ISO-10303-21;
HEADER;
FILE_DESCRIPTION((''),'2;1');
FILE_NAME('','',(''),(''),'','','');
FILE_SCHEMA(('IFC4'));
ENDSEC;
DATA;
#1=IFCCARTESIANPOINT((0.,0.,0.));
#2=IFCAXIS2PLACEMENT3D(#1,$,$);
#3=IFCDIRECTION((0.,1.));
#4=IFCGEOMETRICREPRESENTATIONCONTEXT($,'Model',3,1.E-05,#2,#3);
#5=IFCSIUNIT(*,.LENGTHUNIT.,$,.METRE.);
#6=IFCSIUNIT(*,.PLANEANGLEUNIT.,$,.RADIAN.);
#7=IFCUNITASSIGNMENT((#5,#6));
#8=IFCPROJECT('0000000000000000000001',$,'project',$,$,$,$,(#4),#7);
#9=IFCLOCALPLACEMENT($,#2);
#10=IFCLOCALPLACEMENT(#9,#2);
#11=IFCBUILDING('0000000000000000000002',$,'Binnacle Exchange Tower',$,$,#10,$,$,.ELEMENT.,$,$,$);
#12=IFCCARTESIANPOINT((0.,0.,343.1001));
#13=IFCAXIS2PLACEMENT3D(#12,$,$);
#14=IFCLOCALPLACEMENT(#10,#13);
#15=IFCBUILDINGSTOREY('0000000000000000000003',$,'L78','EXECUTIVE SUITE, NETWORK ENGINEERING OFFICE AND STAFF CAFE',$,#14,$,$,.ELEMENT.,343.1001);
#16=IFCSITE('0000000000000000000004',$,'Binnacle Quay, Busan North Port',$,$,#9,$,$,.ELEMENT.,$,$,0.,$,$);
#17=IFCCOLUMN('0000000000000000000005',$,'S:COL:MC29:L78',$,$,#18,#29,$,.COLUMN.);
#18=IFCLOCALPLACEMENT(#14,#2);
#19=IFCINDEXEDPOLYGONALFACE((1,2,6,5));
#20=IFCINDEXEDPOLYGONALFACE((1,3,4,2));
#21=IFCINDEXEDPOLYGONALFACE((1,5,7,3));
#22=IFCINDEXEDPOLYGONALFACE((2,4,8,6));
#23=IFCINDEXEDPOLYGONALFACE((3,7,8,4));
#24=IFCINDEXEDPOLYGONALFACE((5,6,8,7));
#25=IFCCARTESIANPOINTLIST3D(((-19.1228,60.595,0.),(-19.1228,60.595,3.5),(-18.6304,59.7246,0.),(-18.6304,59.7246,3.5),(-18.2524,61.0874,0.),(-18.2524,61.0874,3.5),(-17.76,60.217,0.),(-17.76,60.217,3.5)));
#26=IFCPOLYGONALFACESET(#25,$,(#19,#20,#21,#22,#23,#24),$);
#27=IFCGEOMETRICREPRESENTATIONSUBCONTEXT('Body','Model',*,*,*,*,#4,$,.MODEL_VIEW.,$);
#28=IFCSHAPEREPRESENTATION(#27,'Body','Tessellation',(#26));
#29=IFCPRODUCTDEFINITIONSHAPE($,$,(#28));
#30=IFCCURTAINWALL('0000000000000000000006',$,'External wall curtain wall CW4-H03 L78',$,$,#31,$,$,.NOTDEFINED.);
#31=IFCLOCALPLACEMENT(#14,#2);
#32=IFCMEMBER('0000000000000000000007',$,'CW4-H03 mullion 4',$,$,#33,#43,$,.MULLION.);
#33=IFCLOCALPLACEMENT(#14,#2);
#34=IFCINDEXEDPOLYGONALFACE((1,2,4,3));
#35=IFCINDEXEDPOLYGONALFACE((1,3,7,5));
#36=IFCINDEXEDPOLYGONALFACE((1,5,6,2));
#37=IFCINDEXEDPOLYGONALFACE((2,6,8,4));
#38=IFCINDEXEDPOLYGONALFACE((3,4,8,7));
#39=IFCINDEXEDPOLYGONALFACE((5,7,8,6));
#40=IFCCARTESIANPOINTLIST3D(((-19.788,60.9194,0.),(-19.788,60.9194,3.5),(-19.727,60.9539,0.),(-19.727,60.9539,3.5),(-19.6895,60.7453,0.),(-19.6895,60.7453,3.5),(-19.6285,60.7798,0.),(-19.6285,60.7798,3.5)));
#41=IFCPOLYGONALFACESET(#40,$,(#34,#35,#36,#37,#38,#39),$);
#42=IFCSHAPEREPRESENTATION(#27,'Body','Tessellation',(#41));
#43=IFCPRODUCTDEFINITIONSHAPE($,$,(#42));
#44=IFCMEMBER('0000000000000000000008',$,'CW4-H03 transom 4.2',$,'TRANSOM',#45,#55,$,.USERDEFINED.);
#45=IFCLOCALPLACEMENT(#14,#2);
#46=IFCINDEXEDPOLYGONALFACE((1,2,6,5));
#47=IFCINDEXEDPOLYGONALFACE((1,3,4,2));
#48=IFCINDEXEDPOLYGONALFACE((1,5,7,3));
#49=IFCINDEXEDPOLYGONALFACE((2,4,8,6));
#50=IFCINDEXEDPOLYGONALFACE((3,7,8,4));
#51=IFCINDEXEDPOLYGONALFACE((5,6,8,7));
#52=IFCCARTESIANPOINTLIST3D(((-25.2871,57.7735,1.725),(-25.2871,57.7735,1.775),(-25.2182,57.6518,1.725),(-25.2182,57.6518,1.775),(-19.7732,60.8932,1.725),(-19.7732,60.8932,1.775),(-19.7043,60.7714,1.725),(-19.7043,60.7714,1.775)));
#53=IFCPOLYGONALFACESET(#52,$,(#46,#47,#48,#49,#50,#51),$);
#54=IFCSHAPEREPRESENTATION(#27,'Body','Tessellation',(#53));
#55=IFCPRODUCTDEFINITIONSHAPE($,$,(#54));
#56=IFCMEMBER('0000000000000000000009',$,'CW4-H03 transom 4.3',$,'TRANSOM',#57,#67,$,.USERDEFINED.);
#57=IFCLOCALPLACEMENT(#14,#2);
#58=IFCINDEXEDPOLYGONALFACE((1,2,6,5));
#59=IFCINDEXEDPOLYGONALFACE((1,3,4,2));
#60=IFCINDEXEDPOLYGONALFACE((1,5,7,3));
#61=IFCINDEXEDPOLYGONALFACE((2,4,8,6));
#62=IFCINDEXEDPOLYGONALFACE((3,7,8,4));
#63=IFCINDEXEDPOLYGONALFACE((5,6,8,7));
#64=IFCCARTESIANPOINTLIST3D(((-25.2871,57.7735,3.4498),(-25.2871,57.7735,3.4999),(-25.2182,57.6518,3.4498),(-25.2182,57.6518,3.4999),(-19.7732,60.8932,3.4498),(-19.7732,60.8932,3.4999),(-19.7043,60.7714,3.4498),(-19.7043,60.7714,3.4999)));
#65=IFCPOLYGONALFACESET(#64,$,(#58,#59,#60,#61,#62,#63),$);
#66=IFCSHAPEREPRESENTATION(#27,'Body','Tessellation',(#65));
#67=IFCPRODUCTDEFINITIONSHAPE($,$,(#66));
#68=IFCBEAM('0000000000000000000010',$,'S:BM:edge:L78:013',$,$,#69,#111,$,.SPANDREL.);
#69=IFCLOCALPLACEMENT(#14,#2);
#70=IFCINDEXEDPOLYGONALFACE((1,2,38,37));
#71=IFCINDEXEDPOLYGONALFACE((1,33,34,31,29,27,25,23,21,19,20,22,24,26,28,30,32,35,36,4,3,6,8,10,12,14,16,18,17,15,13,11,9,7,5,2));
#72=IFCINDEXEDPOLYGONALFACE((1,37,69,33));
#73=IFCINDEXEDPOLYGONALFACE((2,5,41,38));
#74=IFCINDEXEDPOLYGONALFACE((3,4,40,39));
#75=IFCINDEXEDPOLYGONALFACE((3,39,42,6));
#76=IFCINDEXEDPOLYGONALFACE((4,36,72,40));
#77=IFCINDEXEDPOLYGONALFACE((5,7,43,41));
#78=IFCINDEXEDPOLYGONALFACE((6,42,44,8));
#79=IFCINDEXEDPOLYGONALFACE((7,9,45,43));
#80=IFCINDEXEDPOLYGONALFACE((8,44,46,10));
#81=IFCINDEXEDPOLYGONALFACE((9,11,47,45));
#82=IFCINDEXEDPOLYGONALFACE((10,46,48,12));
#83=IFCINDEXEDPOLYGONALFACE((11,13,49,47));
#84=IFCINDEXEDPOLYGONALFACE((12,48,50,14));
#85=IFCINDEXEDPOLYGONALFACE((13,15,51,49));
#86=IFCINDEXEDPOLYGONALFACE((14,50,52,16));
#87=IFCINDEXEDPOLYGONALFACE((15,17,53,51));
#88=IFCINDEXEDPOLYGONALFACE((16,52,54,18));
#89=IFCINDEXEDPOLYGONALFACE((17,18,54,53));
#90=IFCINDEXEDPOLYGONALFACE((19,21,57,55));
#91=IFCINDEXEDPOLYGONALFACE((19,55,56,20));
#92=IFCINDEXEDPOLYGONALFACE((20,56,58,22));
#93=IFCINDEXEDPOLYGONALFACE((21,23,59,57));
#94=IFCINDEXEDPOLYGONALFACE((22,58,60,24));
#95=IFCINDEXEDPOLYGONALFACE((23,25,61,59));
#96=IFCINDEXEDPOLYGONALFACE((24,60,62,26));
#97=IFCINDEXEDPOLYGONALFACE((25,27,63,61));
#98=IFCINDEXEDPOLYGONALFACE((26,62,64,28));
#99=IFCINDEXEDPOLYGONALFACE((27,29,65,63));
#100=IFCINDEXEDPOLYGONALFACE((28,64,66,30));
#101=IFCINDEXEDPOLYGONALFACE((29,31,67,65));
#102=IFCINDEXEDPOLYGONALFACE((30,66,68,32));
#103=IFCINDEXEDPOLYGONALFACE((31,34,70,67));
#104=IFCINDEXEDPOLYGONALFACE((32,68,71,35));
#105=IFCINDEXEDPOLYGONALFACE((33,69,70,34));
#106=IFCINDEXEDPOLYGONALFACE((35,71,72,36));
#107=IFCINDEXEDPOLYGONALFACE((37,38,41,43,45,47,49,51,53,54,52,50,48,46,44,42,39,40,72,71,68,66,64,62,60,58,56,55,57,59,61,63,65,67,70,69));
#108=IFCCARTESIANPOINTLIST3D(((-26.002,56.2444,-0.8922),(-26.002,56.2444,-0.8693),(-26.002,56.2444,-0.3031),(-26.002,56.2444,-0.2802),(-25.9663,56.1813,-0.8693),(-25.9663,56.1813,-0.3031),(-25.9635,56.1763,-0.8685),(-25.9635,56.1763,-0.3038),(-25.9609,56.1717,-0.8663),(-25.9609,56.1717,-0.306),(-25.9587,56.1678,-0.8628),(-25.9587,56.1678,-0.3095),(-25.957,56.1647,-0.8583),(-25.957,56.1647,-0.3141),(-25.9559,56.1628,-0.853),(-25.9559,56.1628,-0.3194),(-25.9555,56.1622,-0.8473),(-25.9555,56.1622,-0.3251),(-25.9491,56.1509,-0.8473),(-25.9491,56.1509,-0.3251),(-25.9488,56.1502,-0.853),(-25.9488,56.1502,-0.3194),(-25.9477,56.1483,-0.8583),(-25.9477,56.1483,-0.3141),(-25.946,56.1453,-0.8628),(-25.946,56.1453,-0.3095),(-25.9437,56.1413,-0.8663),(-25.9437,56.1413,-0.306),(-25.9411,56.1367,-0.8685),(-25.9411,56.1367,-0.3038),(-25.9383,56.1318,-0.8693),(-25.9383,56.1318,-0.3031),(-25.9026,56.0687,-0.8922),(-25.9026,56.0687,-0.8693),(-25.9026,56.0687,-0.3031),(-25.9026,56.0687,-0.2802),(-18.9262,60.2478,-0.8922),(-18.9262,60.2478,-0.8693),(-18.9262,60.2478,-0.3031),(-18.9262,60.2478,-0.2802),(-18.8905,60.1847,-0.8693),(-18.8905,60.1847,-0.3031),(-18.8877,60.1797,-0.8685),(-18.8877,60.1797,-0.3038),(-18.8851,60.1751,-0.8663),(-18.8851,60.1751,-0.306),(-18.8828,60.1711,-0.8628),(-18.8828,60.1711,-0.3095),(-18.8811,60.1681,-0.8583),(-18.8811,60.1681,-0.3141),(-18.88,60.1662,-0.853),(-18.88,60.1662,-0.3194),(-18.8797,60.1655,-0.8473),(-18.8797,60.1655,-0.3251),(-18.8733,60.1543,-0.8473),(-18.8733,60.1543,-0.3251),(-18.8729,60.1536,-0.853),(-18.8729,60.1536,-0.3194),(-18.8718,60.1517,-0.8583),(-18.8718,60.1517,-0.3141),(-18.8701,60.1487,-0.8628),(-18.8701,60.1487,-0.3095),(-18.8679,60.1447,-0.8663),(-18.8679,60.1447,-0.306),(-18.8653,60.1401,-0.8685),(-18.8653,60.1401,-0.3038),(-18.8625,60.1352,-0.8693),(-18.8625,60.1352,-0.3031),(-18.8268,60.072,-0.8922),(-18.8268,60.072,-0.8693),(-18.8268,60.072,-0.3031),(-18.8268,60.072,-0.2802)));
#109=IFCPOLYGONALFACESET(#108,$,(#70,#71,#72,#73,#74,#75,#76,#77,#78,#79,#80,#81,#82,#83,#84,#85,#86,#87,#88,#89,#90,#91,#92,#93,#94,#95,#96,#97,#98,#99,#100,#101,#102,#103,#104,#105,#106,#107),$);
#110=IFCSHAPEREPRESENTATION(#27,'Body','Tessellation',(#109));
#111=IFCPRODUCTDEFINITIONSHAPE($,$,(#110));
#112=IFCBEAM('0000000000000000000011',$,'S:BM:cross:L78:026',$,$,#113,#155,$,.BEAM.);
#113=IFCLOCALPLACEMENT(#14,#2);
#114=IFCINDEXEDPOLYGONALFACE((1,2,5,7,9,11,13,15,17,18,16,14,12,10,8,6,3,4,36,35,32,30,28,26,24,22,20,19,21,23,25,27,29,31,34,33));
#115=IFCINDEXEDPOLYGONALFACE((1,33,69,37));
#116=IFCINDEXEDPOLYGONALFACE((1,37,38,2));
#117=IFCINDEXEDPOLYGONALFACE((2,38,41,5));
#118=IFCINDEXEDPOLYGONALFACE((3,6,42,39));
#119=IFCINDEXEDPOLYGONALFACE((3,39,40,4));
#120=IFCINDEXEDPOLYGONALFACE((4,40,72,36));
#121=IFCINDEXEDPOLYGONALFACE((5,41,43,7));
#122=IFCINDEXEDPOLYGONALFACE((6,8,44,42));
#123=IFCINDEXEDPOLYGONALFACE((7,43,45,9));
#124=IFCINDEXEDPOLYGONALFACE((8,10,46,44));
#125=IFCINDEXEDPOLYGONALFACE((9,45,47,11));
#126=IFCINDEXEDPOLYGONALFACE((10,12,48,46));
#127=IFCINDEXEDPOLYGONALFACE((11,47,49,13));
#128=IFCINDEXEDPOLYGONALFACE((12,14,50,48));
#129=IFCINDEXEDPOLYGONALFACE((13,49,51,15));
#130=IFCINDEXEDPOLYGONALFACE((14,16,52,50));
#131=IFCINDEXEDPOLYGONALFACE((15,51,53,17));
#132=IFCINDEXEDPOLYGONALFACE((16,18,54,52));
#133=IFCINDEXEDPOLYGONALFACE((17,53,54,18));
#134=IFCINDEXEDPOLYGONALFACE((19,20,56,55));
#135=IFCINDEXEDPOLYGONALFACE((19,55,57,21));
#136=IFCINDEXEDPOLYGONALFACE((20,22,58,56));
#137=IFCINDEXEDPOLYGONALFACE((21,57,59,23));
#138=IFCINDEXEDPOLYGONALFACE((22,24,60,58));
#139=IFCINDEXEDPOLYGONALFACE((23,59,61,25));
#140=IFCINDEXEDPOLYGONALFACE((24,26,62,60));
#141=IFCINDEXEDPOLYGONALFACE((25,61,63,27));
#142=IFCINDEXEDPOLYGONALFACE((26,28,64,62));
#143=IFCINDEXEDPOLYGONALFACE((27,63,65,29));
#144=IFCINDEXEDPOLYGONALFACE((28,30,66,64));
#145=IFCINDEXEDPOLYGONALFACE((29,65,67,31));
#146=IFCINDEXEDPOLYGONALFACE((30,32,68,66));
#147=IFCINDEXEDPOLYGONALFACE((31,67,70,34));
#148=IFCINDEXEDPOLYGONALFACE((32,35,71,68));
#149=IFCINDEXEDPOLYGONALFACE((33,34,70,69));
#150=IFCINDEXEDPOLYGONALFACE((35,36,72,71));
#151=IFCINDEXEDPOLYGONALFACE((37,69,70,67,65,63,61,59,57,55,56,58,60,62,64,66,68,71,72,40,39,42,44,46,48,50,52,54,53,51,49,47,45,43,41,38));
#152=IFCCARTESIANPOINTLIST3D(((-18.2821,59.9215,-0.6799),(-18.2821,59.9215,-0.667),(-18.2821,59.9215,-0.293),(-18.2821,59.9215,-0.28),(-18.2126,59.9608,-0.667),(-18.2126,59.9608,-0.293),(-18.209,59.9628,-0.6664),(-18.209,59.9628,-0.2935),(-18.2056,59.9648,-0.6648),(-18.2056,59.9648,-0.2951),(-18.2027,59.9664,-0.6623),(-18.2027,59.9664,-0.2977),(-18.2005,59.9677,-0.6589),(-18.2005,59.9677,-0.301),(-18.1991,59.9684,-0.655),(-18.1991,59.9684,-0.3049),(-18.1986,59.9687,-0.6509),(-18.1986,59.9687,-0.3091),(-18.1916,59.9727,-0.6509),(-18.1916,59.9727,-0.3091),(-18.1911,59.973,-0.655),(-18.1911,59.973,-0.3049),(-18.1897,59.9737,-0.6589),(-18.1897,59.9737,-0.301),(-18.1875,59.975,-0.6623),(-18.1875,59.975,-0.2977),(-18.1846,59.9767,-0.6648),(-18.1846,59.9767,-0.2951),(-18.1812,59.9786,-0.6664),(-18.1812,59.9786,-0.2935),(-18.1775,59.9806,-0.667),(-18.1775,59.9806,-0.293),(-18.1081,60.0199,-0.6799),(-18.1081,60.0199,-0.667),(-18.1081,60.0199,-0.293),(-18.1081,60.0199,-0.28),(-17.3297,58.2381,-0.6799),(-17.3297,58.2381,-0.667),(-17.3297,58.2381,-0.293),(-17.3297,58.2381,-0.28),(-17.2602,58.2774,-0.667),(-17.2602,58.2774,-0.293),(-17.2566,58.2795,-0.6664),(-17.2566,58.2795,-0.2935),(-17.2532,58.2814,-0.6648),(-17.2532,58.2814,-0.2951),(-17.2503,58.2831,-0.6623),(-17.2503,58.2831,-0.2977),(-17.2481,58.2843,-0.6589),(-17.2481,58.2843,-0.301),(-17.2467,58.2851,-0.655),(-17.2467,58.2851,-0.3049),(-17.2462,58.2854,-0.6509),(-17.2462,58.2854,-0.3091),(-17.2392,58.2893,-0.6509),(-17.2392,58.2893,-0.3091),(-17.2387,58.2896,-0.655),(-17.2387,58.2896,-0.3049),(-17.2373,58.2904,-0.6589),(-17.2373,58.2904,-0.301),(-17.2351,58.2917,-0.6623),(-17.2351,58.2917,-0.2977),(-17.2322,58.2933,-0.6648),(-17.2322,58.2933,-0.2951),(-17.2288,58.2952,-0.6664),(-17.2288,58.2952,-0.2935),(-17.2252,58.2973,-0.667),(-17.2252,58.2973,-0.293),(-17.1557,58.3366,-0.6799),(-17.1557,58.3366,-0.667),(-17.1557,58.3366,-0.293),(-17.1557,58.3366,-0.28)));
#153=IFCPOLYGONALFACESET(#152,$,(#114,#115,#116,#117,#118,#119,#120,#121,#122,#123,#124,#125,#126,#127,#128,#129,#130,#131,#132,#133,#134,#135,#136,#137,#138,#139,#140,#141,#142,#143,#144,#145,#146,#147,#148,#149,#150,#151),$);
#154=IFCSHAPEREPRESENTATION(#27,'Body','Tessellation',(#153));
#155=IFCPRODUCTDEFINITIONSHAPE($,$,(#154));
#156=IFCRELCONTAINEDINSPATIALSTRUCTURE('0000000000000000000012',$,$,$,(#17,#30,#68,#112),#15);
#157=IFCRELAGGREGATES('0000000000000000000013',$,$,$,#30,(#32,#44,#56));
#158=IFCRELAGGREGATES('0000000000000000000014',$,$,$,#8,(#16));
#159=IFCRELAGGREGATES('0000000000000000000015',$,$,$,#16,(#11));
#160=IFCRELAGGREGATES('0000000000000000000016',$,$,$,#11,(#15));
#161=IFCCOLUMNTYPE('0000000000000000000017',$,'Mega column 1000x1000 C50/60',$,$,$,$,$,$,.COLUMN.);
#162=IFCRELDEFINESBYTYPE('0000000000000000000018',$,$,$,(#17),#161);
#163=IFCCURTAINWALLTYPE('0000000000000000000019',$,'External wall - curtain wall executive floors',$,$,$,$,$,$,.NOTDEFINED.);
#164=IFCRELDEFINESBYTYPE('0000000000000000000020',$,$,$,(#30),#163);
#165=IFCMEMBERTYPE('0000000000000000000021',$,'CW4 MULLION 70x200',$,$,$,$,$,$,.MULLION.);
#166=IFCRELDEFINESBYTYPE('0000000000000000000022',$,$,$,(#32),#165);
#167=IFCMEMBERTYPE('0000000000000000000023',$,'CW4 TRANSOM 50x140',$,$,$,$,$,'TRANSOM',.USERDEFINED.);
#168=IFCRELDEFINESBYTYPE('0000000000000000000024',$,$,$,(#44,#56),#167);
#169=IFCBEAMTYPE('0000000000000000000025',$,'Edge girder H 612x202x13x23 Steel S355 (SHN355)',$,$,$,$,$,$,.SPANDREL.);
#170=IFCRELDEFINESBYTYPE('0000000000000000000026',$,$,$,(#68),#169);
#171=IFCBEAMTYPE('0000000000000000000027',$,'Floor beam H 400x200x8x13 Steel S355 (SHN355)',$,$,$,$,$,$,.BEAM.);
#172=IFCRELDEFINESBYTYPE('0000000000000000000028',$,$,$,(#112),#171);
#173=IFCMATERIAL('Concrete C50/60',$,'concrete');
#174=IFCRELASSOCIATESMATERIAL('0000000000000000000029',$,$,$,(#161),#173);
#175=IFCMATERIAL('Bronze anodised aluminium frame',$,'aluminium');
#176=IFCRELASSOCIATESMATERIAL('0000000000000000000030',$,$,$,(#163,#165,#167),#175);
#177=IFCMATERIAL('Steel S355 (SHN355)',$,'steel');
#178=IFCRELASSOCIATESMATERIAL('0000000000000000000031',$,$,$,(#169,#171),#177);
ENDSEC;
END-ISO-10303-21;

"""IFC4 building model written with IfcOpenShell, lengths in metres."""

from ifc_helpers import new_model, si_unit, direction, frame, origin, origin_2d, place, context, subcontext, project, spatial, rectangle, i_section, extrude, material, material_profile, profile_set, type_object, element, aggregate, save


model = new_model("IFC4")

# Units and contexts
model_context = context("Model", 3, precision=1e-05, world=origin(), true_north=direction((0.0, 1.0)))
body_context = subcontext(model_context, "Body", "Model", "MODEL_VIEW")
ifc_project = project(units=[si_unit("LENGTHUNIT", "METRE"), si_unit("PLANEANGLEUNIT", "RADIAN")], contexts=[model_context])

# Site, building, storey
site_placement = place(None, origin())
site = spatial("IfcSite", under=ifc_project, at=site_placement, Name="Binnacle Quay, Busan North Port", CompositionType="ELEMENT", RefElevation=0.0)
building_placement = place(site_placement, origin())
building = spatial("IfcBuilding", under=site, at=building_placement, Name="Binnacle Exchange Tower", CompositionType="ELEMENT")
storey_placement = place(building_placement, frame((0.0, 0.0, 343.1001)))
storey = spatial("IfcBuildingStorey", under=building, at=storey_placement, Name="L78", Description="EXECUTIVE SUITE, NETWORK ENGINEERING OFFICE AND STAFF CAFE", CompositionType="ELEMENT", Elevation=343.1001)

# Column
ifc_material_1 = material(Name="Concrete C50/60", Category="concrete")
ifc_material_profile_1 = material_profile(ifc_material_1, rectangle(XDim=1.0, YDim=1.0, at=origin_2d()), Name="Mega column 1000x1000 C50/60")
ifc_profile_set_1 = profile_set([ifc_material_profile_1], Name="Concrete C50/60")
column_type = type_object("IfcColumnType", Name="Mega column 1000x1000 C50/60", PredefinedType="COLUMN", material=ifc_profile_set_1)
column_placement = place(storey_placement, frame((-18.4414, 60.406, 0.0), z_axis=(0.0, 0.0, 1.0), x_axis=(-0.870356, -0.492424, 0.0)))
element("IfcColumn", 1, at=column_placement, inside=storey, type_object=column_type, Name="S:COL:MC29:L78", PredefinedType="COLUMN", context=body_context, shape_type="SweptSolid", body=[
    extrude(rectangle(XDim=1.0, YDim=1.0, at=origin_2d()), origin(), (0.0, 0.0, 1.0), 3.5),
])

# Curtain wall, members
ifc_material_2 = material(Name="Bronze anodised aluminium frame", Category="aluminium")
curtain_wall_type = type_object("IfcCurtainWallType", Name="External wall - curtain wall executive floors", PredefinedType="NOTDEFINED", material=ifc_material_2)
curtain_wall_placement = place(storey_placement, origin())
curtain_wall = element("IfcCurtainWall", 2, at=curtain_wall_placement, inside=storey, type_object=curtain_wall_type, Name="External wall curtain wall CW4-H03 L78", PredefinedType="NOTDEFINED")
ifc_material_profile_2 = material_profile(ifc_material_2, rectangle(XDim=0.2, YDim=0.0701, at=origin_2d()), Name="AL 70x200")
ifc_profile_set_2 = profile_set([ifc_material_profile_2], Name="Bronze anodised aluminium frame")
member_type_1 = type_object("IfcMemberType", Name="CW4 MULLION 70x200", PredefinedType="MULLION", material=ifc_profile_set_2)
member_1_placement = place(storey_placement, frame((-19.7083, 60.8496, 0.0), z_axis=(0.0, 0.0, 1.0), x_axis=(0.492424, -0.870356, 0.0)))
member_1 = element("IfcMember", 3, at=member_1_placement, type_object=member_type_1, Name="CW4-H03 mullion 4", PredefinedType="MULLION", context=body_context, shape_type="SweptSolid", body=[
    extrude(rectangle(XDim=0.2, YDim=0.0701, at=origin_2d()), origin(), (0.0, 0.0, 1.0), 3.5),
])
ifc_material_profile_3 = material_profile(ifc_material_2, rectangle(XDim=0.1399, YDim=0.05, at=origin_2d()), Name="AL 140x50")
ifc_profile_set_3 = profile_set([ifc_material_profile_3], Name="Bronze anodised aluminium frame")
member_type_2 = type_object("IfcMemberType", Name="CW4 TRANSOM 50x140", ElementType="TRANSOM", PredefinedType="USERDEFINED", material=ifc_profile_set_3)
member_2_placement = place(storey_placement, frame((-19.7388, 60.8323, 1.75), z_axis=(-0.870355, -0.492424, 0.0), x_axis=(0.492424, -0.870355, 0.0)))
member_2 = element("IfcMember", 4, at=member_2_placement, type_object=member_type_2, Name="CW4-H03 transom 4.2", ObjectType="TRANSOM", PredefinedType="USERDEFINED", context=body_context, shape_type="SweptSolid", body=[
    extrude(rectangle(XDim=0.1399, YDim=0.05, at=origin_2d()), origin(), (0.0, 0.0, 1.0), 6.3352),
])
member_3_placement = place(storey_placement, frame((-19.7388, 60.8323, 3.4749), z_axis=(-0.870355, -0.492424, 0.0), x_axis=(0.492424, -0.870355, 0.0)))
member_3 = element("IfcMember", 5, at=member_3_placement, type_object=member_type_2, Name="CW4-H03 transom 4.3", ObjectType="TRANSOM", PredefinedType="USERDEFINED", context=body_context, shape_type="SweptSolid", body=[
    extrude(rectangle(XDim=0.1399, YDim=0.05, at=origin_2d()), origin(), (0.0, 0.0, 1.0), 6.3352),
])
aggregate(curtain_wall, [member_1, member_2, member_3])

# Beams
ifc_material_3 = material(Name="Steel S355 (SHN355)", Category="steel")
ifc_material_profile_4 = material_profile(ifc_material_3, i_section(OverallWidth=0.2019, OverallDepth=0.6121, WebThickness=0.0129, FlangeThickness=0.0229, FilletRadius=0.022, at=origin_2d()), Name="H 612x202x13x23")
ifc_profile_set_4 = profile_set([ifc_material_profile_4], Name="Steel S355 (SHN355)")
beam_type_1 = type_object("IfcBeamType", Name="Edge girder H 612x202x13x23 Steel S355 (SHN355)", PredefinedType="SPANDREL", material=ifc_profile_set_4)
beam_1_placement = place(storey_placement, frame((-18.8765, 60.1599, -0.5862), z_axis=(-0.870353, -0.492428, 0.0), x_axis=(0.492428, -0.870353, 0.0)))
element("IfcBeam", 6, at=beam_1_placement, inside=storey, type_object=beam_type_1, Name="S:BM:edge:L78:013", PredefinedType="SPANDREL", context=body_context, shape_type="SweptSolid", body=[
    extrude(i_section(OverallWidth=0.2019, OverallDepth=0.6121, WebThickness=0.0129, FlangeThickness=0.0229, FilletRadius=0.022, at=origin_2d()), origin(), (0.0, 0.0, 1.0), 8.1299),
])
ifc_material_profile_5 = material_profile(ifc_material_3, i_section(OverallWidth=0.2, OverallDepth=0.3999, WebThickness=0.0081, FlangeThickness=0.0129, FilletRadius=0.0161, at=origin_2d()), Name="H 400x200x8x13")
ifc_profile_set_5 = profile_set([ifc_material_profile_5], Name="Steel S355 (SHN355)")
beam_type_2 = type_object("IfcBeamType", Name="Floor beam H 400x200x8x13 Steel S355 (SHN355)", PredefinedType="BEAM", material=ifc_profile_set_5)
beam_2_placement = place(storey_placement, frame((-18.1951, 59.9707, -0.48), z_axis=(0.492423, -0.870356, 0.0), x_axis=(0.870356, 0.492423, 0.0)))
element("IfcBeam", 7, at=beam_2_placement, inside=storey, type_object=beam_type_2, Name="S:BM:cross:L78:026", PredefinedType="BEAM", context=body_context, shape_type="SweptSolid", body=[
    extrude(i_section(OverallWidth=0.2, OverallDepth=0.3999, WebThickness=0.0081, FlangeThickness=0.0129, FilletRadius=0.0161, at=origin_2d()), origin(), (0.0, 0.0, 1.0), 1.9341),
])

save(model, "model.ifc")
